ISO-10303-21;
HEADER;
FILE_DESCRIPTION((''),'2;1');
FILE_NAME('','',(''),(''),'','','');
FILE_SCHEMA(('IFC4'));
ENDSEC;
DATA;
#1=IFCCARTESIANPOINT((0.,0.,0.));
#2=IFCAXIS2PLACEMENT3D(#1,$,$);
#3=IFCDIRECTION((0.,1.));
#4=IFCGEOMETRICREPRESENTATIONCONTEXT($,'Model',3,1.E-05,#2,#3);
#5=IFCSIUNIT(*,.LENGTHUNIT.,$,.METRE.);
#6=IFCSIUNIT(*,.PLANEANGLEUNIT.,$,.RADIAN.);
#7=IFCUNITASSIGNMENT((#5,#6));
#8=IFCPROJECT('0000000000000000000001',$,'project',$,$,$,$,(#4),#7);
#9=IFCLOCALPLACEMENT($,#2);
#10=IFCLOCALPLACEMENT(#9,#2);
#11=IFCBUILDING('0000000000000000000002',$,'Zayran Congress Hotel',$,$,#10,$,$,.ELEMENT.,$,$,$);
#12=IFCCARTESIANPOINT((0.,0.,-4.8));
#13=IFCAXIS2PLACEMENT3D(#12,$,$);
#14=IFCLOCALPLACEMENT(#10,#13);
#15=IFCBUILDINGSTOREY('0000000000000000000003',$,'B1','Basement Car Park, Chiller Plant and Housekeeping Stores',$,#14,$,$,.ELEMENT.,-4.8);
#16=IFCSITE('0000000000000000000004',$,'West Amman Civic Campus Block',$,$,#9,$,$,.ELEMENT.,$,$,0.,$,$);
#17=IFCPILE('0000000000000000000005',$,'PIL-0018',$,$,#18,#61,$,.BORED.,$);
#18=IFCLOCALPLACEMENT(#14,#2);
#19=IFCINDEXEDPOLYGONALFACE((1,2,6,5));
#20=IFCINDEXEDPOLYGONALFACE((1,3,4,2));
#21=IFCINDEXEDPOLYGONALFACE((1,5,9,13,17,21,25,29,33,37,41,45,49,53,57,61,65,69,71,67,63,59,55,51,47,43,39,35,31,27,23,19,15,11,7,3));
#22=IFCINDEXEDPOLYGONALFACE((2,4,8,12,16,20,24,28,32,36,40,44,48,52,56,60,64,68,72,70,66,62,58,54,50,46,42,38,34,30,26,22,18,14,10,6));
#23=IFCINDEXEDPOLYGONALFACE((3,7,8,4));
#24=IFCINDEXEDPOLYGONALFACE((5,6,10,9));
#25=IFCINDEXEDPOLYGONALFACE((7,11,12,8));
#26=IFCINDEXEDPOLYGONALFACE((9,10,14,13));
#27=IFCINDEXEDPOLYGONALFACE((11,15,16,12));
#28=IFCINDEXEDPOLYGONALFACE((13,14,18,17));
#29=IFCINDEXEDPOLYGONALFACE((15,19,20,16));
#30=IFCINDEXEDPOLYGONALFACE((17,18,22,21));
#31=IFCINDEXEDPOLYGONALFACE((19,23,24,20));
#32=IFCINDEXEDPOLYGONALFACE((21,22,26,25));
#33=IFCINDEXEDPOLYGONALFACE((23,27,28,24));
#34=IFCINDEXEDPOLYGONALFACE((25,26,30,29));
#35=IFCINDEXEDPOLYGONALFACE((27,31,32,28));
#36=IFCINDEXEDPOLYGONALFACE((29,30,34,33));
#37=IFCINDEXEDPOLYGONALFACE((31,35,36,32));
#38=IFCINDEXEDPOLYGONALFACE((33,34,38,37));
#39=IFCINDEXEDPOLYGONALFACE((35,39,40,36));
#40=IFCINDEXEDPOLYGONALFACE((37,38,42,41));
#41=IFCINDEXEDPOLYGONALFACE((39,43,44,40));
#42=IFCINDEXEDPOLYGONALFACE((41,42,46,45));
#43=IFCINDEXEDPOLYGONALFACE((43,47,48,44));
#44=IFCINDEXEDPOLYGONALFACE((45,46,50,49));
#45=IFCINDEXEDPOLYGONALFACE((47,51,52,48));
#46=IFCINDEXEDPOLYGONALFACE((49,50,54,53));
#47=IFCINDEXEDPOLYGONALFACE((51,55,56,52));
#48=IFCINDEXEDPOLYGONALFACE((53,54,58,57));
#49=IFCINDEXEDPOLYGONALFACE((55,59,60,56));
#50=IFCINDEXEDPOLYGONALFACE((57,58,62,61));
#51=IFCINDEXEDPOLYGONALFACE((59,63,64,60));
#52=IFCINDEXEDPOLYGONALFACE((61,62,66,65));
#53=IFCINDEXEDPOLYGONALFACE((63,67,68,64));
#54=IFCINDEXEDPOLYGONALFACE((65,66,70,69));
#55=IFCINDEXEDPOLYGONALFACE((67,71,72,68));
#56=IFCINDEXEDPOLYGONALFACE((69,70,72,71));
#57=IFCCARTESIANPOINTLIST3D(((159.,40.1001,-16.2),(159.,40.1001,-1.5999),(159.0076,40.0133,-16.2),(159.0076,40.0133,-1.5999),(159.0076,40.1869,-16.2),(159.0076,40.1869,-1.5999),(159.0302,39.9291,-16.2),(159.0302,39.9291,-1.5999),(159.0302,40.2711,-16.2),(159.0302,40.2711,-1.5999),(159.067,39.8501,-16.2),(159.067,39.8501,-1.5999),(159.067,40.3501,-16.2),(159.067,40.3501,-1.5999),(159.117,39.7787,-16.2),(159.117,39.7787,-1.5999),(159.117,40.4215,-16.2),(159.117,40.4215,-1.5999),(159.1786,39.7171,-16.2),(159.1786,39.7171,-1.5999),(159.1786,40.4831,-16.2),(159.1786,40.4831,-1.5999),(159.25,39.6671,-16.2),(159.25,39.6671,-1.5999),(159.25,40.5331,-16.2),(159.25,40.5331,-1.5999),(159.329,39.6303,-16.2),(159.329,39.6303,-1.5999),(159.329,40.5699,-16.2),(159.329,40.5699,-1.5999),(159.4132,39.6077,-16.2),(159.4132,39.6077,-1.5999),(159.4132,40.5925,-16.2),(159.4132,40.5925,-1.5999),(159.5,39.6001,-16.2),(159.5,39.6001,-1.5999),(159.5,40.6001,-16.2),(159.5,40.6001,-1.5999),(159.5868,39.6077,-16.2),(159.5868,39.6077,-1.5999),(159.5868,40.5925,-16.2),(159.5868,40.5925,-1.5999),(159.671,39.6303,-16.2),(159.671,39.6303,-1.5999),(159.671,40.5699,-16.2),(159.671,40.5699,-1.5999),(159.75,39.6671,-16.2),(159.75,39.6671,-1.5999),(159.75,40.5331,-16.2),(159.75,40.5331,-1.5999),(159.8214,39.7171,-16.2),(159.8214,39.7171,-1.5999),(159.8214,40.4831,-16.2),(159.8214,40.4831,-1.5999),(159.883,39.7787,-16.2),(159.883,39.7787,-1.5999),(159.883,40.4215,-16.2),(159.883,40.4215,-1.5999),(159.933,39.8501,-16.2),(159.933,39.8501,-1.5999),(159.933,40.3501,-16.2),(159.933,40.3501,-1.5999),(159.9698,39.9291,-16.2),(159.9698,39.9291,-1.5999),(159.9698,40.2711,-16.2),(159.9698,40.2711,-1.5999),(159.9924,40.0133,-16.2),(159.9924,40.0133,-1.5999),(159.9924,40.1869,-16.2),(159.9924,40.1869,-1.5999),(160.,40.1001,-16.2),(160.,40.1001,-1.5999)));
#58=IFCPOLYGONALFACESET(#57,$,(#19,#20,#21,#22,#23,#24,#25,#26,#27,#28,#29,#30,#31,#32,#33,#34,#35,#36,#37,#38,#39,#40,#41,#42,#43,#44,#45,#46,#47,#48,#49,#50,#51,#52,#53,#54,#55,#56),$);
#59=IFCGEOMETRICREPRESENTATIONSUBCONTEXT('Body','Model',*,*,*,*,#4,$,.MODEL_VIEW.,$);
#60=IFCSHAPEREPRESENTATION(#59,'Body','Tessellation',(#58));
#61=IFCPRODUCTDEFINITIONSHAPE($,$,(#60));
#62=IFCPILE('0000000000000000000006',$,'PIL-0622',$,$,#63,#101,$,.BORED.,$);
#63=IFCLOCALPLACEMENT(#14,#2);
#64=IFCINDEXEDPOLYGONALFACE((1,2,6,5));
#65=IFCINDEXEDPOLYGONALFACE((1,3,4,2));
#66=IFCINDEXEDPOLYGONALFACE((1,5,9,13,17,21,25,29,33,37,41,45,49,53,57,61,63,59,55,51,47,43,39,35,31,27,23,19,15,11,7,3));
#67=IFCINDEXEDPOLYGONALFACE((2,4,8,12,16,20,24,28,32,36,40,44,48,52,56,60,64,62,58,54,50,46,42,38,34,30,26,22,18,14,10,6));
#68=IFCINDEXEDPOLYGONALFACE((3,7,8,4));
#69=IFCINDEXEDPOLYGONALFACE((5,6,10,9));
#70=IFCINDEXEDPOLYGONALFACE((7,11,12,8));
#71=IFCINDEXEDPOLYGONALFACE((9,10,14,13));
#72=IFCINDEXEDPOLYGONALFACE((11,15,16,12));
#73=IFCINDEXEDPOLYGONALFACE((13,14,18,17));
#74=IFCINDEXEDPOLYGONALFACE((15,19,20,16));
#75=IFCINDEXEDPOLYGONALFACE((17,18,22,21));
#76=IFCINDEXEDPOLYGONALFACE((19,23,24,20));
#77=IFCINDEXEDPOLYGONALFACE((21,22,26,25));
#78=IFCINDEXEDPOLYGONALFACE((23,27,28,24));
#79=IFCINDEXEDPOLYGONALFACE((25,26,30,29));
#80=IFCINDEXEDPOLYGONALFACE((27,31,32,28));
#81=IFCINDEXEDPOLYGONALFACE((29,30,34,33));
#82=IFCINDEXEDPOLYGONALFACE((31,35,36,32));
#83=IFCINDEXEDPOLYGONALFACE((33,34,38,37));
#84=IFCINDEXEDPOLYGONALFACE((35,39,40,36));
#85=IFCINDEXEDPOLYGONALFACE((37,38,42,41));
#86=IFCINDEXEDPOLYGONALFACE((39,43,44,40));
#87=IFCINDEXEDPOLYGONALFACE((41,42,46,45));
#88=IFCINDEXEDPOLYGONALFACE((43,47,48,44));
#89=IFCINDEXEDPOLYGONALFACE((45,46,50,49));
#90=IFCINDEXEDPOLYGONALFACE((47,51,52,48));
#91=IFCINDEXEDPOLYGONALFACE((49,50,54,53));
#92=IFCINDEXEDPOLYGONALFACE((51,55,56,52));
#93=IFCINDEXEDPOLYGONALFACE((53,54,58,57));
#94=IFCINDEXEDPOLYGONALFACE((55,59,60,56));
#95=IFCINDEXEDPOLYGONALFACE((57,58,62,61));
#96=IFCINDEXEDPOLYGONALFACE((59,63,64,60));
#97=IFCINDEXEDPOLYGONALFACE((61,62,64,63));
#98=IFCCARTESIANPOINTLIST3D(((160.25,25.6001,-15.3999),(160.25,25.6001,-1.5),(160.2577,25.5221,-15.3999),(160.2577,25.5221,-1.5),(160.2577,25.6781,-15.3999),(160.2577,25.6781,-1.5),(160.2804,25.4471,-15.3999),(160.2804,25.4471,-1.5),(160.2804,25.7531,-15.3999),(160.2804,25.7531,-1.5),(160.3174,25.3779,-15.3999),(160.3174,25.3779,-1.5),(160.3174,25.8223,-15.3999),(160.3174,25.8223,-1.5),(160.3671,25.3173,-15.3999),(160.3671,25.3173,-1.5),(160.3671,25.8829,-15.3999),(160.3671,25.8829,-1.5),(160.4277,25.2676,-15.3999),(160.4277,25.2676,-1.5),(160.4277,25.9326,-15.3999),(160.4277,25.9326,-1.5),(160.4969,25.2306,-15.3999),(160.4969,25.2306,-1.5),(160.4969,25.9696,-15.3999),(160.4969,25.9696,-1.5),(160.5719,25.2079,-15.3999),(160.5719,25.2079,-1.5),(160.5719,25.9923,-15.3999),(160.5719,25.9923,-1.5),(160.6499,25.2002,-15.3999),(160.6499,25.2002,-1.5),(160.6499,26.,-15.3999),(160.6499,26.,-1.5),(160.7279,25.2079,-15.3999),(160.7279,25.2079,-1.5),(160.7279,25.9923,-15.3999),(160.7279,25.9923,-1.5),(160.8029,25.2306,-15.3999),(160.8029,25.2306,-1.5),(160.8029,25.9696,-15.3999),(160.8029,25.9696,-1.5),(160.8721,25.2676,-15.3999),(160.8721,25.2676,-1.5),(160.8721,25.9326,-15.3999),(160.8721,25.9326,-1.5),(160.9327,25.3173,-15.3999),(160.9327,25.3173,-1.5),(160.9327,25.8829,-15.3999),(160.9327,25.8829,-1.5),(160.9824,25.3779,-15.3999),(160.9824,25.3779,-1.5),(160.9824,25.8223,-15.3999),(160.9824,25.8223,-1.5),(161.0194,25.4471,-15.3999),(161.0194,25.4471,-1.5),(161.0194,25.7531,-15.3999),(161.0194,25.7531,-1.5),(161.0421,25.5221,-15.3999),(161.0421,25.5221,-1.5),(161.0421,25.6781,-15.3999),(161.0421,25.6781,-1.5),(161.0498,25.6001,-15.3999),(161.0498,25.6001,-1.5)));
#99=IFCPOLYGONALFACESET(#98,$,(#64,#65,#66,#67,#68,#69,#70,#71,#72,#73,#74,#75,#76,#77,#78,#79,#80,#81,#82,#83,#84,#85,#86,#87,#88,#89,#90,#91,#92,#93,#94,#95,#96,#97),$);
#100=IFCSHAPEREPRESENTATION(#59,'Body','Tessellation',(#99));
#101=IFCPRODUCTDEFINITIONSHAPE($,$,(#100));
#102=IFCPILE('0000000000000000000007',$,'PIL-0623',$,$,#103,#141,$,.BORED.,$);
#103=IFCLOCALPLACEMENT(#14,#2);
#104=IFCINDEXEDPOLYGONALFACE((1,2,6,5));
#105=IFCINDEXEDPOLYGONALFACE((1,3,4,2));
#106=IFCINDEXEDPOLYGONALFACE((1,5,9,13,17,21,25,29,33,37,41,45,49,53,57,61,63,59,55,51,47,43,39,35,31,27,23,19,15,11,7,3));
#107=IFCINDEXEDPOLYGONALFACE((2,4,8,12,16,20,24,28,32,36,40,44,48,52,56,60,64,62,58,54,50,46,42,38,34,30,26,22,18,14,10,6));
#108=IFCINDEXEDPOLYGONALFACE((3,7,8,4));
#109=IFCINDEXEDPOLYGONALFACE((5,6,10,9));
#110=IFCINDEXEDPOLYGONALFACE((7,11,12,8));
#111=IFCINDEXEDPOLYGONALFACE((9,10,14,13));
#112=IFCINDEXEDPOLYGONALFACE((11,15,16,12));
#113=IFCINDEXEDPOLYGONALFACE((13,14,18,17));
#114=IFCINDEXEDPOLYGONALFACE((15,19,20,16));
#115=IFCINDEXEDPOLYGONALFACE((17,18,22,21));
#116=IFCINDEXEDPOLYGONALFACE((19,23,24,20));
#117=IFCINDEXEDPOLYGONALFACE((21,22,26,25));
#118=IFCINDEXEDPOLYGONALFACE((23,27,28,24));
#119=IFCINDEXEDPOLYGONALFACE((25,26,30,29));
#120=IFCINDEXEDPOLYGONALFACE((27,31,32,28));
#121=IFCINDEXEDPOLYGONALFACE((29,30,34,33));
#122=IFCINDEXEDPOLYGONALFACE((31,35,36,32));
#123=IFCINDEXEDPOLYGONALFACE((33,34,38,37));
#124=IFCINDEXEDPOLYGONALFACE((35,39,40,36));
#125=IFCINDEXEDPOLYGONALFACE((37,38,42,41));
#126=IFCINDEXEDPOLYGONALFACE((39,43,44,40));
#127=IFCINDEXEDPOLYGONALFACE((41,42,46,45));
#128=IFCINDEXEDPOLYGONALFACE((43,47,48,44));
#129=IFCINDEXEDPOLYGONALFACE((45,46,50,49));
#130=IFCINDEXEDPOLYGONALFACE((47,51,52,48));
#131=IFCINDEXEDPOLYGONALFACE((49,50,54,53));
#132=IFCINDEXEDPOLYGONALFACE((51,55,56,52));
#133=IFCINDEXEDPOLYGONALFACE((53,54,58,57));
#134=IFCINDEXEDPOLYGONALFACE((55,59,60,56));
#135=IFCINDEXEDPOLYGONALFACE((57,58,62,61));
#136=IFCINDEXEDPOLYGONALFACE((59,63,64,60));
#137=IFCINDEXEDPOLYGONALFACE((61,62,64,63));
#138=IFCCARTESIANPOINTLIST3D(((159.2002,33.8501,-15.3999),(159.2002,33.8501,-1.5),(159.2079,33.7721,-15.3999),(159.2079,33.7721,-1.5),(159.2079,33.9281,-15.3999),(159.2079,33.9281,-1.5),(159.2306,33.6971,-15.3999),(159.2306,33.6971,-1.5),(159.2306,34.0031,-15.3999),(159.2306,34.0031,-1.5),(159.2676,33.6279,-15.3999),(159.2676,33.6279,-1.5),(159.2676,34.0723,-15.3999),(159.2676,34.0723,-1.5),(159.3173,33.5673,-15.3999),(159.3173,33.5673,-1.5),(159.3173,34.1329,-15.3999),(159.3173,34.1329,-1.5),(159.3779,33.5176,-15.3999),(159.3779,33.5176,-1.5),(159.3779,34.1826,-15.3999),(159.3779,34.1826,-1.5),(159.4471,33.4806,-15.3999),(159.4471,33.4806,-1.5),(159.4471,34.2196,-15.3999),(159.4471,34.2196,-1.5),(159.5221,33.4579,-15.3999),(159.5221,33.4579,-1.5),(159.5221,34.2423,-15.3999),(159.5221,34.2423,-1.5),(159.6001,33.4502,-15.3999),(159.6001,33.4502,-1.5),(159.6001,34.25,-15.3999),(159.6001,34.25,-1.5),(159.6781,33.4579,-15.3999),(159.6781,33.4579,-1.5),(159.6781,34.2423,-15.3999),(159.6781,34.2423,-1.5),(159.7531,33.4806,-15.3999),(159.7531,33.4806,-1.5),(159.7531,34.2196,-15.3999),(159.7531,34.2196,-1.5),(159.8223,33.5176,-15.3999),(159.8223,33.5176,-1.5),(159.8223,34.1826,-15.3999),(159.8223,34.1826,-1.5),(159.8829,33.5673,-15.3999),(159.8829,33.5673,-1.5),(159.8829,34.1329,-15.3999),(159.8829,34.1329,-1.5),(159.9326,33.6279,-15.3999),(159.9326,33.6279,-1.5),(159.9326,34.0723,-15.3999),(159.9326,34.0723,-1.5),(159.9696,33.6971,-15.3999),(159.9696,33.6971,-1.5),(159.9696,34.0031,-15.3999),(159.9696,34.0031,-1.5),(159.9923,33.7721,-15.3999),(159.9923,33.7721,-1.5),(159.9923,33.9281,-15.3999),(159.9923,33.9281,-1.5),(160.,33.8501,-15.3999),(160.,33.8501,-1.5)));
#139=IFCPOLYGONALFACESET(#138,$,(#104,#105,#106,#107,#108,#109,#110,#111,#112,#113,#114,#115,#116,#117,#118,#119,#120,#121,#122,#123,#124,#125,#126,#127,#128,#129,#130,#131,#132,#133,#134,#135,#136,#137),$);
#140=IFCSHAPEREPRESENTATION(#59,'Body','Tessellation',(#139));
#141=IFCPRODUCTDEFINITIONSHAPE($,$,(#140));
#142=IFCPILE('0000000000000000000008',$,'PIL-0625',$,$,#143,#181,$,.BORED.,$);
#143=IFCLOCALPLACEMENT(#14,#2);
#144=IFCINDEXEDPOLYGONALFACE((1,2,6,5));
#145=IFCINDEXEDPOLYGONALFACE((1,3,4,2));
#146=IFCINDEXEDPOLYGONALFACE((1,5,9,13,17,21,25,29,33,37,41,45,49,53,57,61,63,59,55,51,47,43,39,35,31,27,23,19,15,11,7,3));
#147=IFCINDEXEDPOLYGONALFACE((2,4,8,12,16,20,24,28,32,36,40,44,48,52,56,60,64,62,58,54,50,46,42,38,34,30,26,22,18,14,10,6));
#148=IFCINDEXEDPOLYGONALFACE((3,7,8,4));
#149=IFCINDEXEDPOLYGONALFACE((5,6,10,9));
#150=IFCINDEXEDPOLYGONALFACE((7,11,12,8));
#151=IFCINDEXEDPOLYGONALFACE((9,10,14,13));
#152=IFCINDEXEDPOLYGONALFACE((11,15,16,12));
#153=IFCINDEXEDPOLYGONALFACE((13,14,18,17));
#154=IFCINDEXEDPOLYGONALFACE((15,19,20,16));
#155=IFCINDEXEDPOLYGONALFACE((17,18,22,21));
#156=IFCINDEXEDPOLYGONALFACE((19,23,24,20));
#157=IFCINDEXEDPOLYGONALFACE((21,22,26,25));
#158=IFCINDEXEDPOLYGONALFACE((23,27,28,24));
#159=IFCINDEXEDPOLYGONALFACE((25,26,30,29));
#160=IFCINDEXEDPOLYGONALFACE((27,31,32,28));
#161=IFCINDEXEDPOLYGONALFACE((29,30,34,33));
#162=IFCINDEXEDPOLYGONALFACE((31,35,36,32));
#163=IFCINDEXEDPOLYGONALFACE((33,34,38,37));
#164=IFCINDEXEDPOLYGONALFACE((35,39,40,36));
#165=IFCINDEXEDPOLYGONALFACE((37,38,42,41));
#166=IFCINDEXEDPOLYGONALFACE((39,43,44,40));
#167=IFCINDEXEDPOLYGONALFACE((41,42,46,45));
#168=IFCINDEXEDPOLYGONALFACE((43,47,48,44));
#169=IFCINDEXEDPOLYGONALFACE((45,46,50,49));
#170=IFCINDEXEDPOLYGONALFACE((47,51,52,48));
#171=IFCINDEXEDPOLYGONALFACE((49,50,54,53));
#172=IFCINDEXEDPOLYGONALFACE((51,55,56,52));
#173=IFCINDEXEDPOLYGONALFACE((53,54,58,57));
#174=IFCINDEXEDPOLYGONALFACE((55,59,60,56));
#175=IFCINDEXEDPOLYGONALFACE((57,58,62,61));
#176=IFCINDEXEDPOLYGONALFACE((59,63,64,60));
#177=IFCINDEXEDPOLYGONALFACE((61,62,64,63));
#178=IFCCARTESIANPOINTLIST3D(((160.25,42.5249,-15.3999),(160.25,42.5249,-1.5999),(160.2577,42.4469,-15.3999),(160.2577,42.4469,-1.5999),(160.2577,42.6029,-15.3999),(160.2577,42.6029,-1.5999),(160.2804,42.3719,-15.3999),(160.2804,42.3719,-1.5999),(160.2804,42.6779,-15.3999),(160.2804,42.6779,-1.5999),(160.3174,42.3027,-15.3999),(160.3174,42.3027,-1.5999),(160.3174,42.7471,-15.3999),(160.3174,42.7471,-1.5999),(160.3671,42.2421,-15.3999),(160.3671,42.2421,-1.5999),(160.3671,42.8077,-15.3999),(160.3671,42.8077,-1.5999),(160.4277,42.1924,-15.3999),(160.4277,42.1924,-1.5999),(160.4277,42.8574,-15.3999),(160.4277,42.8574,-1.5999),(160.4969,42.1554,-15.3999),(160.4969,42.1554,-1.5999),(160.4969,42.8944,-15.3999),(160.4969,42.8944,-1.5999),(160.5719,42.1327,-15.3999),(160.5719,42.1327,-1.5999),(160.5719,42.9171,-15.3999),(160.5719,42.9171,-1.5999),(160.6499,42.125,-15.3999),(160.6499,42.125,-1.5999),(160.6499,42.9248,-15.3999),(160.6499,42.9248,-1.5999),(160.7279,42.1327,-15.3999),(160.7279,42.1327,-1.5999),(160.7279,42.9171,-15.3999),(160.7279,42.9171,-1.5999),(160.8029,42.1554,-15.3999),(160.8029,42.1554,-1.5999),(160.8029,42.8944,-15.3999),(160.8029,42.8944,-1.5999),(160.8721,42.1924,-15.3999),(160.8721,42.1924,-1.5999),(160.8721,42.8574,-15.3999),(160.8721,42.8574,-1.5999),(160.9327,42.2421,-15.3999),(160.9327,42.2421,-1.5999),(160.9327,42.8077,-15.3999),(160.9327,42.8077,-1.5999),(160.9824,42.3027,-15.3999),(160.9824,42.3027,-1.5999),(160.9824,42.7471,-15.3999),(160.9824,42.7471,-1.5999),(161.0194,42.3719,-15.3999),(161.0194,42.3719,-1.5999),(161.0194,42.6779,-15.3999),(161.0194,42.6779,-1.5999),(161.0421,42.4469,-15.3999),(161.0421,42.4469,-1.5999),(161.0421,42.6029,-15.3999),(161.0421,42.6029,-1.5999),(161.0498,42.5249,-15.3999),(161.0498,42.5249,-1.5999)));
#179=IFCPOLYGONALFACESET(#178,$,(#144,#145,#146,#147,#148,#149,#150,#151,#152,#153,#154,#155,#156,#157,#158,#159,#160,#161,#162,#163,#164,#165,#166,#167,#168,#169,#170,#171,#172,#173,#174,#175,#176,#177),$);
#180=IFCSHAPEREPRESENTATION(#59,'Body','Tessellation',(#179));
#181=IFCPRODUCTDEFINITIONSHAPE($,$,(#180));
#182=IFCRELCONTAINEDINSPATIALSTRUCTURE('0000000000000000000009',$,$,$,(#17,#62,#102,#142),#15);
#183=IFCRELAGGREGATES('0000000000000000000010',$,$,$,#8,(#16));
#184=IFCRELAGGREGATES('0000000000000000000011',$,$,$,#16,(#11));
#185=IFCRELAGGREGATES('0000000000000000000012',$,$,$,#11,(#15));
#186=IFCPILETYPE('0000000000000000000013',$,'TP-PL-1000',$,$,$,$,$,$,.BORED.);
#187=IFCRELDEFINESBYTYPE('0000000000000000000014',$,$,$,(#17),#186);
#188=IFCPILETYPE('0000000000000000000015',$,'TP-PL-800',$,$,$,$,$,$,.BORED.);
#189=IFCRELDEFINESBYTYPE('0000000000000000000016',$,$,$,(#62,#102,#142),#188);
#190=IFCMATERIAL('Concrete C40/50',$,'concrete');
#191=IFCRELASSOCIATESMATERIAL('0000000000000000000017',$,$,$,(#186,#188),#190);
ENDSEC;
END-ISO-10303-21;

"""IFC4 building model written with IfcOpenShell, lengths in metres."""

from ifc_helpers import new_model, si_unit, direction, frame, origin, origin_2d, place, context, subcontext, project, spatial, circle, extrude, material, material_profile, profile_set, type_object, element, save


model = new_model("IFC4")

# Units and contexts
model_context = context("Model", 3, precision=1e-05, world=origin(), true_north=direction((0.0, 1.0)))
body_context = subcontext(model_context, "Body", "Model", "MODEL_VIEW")
ifc_project = project(units=[si_unit("LENGTHUNIT", "METRE"), si_unit("PLANEANGLEUNIT", "RADIAN")], contexts=[model_context])

# Site, building, storey
site_placement = place(None, origin())
site = spatial("IfcSite", under=ifc_project, at=site_placement, Name="West Amman Civic Campus Block", CompositionType="ELEMENT", RefElevation=0.0)
building_placement = place(site_placement, origin())
building = spatial("IfcBuilding", under=site, at=building_placement, Name="Zayran Congress Hotel", CompositionType="ELEMENT")
storey_placement = place(building_placement, frame((0.0, 0.0, -4.8)))
storey = spatial("IfcBuildingStorey", under=building, at=storey_placement, Name="B1", Description="Basement Car Park, Chiller Plant and Housekeeping Stores", CompositionType="ELEMENT", Elevation=-4.8)

# Piles
ifc_material_1 = material(Name="Concrete C40/50", Category="concrete")
ifc_material_profile_1 = material_profile(ifc_material_1, circle(Radius=0.5, at=origin_2d()), Name="PILE D1000")
ifc_profile_set_1 = profile_set([ifc_material_profile_1], Name="Concrete C40/50")
pile_type_1 = type_object("IfcPileType", Name="TP-PL-1000", PredefinedType="BORED", material=ifc_profile_set_1)
pile_1_placement = place(storey_placement, frame((159.5, 40.1001, -1.5999), z_axis=(0.0, 0.0, -1.0), x_axis=(1.0, 0.0, 0.0)))
element("IfcPile", 1, at=pile_1_placement, inside=storey, type_object=pile_type_1, Name="PIL-0018", PredefinedType="BORED", context=body_context, shape_type="SweptSolid", body=[
    extrude(circle(Radius=0.5, at=origin_2d()), origin(), (0.0, 0.0, 1.0), 14.6001),
])
ifc_material_profile_2 = material_profile(ifc_material_1, circle(Radius=0.3999, at=origin_2d()), Name="PILE D800")
ifc_profile_set_2 = profile_set([ifc_material_profile_2], Name="Concrete C40/50")
pile_type_2 = type_object("IfcPileType", Name="TP-PL-800", PredefinedType="BORED", material=ifc_profile_set_2)
for number, where, z_axis, x_axis, name in (
    (2, (160.6499, 25.6001, -1.5), (0.0, 0.0, -1.0), (1.0, 0.0, 0.0), "PIL-0622"),
    (3, (159.6001, 33.8501, -1.5), (0.0, 0.0, -1.0), (1.0, 0.0, 0.0), "PIL-0623"),
):
    element("IfcPile", number, at=place(storey_placement, frame(where, z_axis=z_axis, x_axis=x_axis)), inside=storey, type_object=pile_type_2, Name=name, PredefinedType="BORED", context=body_context, shape_type="SweptSolid", body=[
        extrude(circle(Radius=0.3999, at=origin_2d()), origin(), (0.0, 0.0, 1.0), 13.8999),
    ])
pile_2_placement = place(storey_placement, frame((160.6499, 42.5249, -1.5999), z_axis=(0.0, 0.0, -1.0), x_axis=(1.0, 0.0, 0.0)))
element("IfcPile", 4, at=pile_2_placement, inside=storey, type_object=pile_type_2, Name="PIL-0625", PredefinedType="BORED", context=body_context, shape_type="SweptSolid", body=[
    extrude(circle(Radius=0.3999, at=origin_2d()), origin(), (0.0, 0.0, 1.0), 13.8),
])

save(model, "model.ifc")
